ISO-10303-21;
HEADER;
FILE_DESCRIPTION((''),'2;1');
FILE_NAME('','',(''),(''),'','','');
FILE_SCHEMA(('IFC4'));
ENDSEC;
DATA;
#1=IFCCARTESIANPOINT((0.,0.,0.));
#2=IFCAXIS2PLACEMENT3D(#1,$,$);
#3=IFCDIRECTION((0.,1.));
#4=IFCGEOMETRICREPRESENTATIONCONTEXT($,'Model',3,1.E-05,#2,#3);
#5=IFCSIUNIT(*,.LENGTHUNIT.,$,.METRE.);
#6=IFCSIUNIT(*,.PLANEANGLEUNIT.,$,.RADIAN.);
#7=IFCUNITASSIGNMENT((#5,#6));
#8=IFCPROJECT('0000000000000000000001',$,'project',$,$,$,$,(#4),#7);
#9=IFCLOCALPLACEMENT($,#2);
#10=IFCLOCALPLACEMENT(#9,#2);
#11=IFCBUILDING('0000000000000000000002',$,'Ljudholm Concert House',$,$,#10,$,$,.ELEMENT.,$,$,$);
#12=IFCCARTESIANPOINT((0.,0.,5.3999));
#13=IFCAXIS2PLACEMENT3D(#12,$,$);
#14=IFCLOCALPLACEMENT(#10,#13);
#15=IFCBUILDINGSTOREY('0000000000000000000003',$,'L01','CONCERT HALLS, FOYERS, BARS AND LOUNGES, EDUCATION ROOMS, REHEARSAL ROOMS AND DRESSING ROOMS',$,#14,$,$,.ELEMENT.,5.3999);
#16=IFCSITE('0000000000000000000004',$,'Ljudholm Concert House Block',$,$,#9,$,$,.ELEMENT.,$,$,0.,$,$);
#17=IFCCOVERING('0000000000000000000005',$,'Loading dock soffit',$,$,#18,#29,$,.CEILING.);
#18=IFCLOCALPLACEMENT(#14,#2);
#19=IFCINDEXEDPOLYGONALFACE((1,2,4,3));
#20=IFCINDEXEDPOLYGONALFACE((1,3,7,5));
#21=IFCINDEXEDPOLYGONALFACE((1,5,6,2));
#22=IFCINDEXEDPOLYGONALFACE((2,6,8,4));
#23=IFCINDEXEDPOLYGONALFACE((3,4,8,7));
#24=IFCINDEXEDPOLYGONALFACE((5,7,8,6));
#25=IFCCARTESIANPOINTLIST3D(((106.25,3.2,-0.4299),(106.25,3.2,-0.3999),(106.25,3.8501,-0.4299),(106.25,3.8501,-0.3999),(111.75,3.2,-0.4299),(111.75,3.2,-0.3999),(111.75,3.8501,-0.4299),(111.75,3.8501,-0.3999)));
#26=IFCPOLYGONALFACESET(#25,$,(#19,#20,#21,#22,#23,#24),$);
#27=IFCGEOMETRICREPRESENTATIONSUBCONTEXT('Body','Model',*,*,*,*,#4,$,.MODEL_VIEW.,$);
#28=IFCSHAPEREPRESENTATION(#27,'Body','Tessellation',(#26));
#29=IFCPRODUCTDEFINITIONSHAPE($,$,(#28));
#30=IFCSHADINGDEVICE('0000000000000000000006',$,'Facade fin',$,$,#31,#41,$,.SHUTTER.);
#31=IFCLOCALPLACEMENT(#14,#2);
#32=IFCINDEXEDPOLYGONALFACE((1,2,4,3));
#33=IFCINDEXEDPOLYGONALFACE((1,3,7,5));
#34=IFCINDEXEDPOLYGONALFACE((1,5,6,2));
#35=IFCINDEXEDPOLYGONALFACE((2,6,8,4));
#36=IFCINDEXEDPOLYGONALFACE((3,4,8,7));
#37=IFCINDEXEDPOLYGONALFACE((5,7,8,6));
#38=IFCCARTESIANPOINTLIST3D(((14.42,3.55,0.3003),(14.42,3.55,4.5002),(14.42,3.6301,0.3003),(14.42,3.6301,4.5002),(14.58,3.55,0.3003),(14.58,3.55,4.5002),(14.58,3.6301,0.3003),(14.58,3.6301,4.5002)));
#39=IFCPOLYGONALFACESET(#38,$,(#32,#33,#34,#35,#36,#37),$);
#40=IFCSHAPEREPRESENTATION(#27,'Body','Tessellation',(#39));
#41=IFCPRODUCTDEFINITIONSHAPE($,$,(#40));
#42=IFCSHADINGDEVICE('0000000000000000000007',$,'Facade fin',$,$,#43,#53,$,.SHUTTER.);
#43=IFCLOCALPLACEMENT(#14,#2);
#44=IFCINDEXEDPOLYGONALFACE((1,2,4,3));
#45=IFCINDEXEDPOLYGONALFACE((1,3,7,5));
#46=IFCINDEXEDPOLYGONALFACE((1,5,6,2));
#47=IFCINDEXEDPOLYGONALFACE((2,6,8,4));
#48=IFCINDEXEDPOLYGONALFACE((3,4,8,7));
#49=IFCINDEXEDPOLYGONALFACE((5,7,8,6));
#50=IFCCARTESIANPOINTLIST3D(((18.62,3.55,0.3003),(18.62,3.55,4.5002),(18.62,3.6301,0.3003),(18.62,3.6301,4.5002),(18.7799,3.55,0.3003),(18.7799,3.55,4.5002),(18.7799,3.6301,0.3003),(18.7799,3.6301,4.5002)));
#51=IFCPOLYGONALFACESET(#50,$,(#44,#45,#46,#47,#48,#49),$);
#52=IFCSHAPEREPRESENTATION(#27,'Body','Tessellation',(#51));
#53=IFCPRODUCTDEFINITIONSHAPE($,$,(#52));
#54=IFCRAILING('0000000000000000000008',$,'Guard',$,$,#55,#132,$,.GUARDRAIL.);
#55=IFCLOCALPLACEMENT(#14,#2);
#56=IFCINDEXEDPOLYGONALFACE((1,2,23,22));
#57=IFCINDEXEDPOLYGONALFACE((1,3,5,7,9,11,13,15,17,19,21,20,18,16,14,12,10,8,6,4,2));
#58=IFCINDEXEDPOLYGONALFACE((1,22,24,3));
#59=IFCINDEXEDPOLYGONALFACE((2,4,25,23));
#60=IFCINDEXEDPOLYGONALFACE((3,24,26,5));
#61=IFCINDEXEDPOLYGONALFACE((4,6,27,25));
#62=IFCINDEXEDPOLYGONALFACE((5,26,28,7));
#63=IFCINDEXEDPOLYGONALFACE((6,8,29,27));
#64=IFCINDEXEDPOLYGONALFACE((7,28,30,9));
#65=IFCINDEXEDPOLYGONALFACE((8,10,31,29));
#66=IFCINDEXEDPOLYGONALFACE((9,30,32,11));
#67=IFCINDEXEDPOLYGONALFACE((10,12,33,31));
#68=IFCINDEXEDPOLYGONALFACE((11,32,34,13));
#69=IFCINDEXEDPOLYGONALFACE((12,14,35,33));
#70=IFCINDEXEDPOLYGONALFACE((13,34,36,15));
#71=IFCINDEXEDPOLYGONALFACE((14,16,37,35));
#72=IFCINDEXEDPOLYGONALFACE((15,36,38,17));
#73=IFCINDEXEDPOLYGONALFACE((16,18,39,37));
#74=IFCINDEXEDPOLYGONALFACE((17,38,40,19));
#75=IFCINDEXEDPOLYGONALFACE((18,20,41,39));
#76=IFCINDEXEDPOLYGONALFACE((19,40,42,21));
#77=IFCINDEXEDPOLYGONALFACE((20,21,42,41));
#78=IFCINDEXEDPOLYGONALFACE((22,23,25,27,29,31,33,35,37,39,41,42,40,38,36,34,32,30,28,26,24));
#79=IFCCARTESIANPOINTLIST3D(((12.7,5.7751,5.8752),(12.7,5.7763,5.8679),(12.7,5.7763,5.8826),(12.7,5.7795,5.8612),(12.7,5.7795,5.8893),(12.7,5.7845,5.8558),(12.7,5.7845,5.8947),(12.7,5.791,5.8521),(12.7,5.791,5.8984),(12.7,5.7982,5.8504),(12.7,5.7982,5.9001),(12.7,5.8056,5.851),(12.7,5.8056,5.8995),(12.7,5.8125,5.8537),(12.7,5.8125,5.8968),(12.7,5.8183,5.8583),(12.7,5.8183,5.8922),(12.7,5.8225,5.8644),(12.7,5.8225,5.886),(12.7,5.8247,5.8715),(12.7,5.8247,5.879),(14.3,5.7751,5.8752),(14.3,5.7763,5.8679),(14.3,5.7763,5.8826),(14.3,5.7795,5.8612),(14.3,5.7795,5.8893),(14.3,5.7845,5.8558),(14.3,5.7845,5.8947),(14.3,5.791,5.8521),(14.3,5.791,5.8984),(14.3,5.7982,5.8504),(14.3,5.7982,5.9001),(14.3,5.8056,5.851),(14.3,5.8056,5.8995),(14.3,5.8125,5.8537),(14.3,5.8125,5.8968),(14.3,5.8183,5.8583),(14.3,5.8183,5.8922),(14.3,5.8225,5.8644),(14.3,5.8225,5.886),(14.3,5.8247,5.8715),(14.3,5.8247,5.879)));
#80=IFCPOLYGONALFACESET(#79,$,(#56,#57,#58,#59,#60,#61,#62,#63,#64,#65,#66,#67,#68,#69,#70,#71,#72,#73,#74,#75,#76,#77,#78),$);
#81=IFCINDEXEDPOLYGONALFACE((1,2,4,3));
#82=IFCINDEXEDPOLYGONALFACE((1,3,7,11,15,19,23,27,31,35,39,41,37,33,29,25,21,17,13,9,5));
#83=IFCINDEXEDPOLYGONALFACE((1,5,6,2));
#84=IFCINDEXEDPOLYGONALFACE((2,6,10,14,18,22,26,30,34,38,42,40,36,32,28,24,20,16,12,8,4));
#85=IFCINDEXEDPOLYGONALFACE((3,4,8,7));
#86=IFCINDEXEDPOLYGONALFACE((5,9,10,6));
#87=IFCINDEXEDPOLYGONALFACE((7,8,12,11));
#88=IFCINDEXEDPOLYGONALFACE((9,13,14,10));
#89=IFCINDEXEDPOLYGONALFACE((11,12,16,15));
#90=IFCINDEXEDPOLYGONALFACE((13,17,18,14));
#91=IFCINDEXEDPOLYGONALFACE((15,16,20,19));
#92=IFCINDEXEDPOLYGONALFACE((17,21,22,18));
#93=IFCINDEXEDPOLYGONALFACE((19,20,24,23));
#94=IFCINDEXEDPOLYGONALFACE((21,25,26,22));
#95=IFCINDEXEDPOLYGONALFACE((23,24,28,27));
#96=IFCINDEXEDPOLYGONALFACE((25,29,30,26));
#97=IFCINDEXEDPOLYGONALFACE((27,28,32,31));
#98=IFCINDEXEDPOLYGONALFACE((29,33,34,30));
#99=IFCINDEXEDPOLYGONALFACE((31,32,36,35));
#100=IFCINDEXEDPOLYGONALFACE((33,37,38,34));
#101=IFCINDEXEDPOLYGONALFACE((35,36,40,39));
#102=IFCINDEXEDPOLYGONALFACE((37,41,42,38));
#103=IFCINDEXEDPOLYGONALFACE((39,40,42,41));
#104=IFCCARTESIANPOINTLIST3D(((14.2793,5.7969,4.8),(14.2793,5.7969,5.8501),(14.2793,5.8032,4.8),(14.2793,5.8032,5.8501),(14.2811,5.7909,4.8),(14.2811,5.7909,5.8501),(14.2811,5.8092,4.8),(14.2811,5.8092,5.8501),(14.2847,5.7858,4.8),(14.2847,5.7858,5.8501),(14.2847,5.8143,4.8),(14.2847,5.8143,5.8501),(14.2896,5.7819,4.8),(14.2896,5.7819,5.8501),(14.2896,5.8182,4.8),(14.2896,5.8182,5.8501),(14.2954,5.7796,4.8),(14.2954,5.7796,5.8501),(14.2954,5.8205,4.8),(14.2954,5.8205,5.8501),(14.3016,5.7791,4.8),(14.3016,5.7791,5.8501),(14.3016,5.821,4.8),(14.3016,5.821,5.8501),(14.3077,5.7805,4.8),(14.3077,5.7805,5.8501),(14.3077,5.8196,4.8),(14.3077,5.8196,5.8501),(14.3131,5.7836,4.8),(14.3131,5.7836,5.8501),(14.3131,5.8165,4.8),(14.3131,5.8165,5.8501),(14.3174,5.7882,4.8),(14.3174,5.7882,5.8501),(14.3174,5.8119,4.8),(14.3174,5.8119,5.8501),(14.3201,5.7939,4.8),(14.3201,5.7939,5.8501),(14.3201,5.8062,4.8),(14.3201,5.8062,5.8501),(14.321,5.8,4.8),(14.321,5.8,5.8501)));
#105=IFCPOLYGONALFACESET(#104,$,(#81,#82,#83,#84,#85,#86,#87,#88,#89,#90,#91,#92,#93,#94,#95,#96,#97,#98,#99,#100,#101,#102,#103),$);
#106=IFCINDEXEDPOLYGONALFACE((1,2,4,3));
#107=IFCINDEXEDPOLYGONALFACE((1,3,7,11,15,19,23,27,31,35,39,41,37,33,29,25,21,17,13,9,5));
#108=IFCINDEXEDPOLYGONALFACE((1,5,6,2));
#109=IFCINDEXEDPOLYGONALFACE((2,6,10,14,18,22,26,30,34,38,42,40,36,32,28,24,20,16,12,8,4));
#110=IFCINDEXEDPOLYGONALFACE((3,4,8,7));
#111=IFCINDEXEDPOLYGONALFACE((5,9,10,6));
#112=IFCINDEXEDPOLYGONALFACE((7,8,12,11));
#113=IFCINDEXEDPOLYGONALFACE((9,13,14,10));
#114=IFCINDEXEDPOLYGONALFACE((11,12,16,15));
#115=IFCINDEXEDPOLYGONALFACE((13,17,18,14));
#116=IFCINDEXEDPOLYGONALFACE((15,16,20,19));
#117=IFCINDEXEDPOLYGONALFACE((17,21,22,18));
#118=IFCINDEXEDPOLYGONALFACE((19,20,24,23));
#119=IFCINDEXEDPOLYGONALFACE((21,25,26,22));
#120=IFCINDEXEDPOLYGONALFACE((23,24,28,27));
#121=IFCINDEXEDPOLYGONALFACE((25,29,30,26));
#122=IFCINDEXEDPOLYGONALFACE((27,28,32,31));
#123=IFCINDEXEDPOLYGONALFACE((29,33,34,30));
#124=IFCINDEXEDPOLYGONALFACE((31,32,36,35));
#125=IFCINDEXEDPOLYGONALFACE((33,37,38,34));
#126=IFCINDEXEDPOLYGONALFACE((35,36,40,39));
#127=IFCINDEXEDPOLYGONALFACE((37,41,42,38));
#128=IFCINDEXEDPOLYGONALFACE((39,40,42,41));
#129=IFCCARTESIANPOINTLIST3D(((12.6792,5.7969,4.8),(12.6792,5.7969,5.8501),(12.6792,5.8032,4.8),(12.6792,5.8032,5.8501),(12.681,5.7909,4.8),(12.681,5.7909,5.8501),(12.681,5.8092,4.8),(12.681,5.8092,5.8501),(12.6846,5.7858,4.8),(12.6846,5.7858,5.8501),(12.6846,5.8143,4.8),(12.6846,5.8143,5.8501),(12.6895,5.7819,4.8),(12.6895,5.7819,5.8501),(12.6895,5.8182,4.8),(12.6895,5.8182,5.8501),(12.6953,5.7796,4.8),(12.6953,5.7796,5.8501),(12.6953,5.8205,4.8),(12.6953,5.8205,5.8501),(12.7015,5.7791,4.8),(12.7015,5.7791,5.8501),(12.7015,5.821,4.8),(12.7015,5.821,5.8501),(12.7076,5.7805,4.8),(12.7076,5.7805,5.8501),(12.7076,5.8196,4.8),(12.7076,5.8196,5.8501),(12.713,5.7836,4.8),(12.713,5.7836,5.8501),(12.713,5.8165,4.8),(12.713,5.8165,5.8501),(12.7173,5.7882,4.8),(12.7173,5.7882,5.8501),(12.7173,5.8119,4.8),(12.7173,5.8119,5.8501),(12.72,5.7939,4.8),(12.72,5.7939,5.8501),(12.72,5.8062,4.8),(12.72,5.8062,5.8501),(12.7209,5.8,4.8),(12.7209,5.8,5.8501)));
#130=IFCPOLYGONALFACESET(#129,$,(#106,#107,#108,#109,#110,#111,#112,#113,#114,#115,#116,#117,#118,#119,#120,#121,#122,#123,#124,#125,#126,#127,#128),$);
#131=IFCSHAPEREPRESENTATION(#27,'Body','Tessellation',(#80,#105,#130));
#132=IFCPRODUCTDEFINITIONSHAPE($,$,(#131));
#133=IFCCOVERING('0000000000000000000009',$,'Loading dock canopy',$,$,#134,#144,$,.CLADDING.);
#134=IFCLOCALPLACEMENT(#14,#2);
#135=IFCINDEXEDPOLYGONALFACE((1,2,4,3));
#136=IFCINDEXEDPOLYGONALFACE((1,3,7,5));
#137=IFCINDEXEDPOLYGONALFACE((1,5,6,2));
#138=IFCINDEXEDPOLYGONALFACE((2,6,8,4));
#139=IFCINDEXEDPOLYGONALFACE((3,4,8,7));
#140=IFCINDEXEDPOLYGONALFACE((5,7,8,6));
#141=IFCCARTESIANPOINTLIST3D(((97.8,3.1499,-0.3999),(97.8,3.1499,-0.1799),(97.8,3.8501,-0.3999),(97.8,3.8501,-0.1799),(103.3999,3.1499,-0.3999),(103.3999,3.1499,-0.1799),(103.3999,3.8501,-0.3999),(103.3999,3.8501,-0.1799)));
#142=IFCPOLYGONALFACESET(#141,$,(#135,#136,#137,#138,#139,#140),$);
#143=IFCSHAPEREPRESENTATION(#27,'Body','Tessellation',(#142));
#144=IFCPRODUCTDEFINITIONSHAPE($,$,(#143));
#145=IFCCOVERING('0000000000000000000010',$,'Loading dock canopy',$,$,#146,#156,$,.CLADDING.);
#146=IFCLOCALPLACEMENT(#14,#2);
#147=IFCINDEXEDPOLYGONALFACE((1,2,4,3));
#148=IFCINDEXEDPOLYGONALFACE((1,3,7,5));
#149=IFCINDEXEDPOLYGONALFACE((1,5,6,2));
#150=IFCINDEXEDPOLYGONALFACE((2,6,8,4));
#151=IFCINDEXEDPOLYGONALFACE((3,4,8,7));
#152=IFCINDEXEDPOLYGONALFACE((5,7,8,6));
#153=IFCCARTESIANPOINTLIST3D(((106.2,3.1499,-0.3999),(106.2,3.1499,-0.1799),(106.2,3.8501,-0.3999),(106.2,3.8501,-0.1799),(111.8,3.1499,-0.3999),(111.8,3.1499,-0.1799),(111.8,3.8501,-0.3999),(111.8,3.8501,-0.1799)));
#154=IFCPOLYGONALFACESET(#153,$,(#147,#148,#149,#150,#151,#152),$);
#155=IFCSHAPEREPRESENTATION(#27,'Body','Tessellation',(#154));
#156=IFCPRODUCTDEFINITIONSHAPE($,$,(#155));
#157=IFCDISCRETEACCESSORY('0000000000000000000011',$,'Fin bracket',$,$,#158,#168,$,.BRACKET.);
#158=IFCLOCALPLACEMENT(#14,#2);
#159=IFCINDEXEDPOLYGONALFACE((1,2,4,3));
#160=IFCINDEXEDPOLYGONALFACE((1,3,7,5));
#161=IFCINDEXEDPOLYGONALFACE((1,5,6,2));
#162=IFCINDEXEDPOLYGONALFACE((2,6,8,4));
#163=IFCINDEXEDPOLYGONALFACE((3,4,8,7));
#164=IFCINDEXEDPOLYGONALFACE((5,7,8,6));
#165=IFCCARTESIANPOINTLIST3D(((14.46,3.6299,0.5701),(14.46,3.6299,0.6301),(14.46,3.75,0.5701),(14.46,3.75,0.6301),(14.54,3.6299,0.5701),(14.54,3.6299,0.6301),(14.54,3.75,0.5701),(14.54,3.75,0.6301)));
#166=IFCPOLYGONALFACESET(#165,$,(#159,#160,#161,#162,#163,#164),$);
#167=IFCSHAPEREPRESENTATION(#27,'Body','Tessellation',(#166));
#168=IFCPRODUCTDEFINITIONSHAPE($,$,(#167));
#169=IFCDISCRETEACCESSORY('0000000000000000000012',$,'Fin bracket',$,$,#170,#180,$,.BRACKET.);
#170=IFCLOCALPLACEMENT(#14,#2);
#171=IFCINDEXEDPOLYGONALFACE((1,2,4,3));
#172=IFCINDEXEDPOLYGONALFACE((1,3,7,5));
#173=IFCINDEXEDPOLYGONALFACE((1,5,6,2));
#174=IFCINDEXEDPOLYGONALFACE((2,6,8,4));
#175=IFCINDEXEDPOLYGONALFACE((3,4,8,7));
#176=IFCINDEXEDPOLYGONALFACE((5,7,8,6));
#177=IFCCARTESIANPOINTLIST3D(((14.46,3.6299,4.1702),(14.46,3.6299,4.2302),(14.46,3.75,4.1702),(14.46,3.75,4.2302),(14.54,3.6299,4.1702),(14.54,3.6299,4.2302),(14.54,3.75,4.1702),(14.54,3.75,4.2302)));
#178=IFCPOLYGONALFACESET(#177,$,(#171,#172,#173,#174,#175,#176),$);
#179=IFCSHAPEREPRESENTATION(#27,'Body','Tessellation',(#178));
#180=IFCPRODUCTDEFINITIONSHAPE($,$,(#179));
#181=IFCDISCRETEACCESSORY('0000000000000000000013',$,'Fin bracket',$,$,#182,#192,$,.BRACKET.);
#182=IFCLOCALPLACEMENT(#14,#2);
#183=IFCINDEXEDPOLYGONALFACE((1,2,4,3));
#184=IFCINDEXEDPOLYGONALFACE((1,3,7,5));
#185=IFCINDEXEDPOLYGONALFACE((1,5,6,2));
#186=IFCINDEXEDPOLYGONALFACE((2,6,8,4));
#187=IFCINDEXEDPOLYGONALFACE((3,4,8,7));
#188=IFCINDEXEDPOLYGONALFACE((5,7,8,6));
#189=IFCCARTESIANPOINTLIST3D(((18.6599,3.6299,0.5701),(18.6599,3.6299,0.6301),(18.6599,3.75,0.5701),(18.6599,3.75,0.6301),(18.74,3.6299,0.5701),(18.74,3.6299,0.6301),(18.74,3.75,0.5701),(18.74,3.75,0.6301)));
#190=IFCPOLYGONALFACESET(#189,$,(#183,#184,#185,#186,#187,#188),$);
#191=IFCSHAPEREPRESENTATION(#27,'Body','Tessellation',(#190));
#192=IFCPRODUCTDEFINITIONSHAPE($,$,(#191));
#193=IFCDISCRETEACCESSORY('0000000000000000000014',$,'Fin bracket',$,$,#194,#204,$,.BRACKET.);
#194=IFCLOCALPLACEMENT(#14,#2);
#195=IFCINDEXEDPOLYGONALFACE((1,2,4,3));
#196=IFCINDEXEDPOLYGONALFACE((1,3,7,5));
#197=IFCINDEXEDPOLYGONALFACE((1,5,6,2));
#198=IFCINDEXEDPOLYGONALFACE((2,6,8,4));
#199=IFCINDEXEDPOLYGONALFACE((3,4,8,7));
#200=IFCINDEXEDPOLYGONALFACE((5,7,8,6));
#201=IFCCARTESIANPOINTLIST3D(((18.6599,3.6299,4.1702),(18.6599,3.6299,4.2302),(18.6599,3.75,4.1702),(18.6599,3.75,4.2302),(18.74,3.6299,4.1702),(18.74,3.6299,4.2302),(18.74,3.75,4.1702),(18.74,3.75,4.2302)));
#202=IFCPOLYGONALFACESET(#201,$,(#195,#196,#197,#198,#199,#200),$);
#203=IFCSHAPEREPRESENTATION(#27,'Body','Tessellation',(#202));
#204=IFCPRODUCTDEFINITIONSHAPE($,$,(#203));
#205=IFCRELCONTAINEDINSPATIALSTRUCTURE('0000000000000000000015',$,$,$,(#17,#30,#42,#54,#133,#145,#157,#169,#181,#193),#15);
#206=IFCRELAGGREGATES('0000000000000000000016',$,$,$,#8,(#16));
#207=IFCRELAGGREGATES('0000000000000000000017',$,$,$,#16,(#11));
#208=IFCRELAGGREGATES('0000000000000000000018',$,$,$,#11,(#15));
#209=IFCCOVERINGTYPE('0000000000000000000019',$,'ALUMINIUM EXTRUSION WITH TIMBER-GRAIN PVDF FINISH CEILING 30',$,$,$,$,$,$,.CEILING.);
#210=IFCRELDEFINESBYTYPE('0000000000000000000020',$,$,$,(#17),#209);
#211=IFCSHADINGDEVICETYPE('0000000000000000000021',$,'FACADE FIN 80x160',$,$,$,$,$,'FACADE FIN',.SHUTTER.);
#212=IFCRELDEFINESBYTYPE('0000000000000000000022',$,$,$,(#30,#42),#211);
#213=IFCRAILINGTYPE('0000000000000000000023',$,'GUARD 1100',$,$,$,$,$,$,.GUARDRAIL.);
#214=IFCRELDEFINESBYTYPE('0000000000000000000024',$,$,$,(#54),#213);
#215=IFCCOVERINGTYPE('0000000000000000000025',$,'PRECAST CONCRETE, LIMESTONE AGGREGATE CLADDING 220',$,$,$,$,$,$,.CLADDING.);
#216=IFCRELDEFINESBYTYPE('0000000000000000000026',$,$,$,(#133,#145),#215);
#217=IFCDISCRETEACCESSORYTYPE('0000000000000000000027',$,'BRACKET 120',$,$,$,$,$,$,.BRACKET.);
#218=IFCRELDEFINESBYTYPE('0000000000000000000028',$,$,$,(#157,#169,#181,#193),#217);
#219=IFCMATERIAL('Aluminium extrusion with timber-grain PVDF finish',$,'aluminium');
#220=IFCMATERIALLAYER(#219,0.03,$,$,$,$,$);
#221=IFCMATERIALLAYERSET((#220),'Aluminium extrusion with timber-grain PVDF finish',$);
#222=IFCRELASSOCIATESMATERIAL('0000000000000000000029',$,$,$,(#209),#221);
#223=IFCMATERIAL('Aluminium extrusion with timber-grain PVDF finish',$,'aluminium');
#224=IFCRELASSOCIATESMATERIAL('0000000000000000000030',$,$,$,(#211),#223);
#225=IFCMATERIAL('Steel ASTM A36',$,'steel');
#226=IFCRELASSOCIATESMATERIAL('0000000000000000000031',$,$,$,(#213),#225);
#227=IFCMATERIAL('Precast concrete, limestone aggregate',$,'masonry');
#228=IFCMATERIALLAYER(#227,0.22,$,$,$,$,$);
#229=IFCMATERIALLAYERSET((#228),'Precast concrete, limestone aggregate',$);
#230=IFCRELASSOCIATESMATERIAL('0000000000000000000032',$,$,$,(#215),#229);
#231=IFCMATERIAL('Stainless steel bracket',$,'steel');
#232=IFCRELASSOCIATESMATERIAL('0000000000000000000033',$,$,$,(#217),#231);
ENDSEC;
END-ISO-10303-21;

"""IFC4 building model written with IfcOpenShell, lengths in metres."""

from ifc_helpers import new_model, si_unit, direction, frame, origin, origin_2d, place, context, subcontext, project, spatial, polyline, rectangle, circle, outline, extrude, material, layer, layer_set, type_object, element, save


model = new_model("IFC4")

# Units and contexts
model_context = context("Model", 3, precision=1e-05, world=origin(), true_north=direction((0.0, 1.0)))
body_context = subcontext(model_context, "Body", "Model", "MODEL_VIEW")
ifc_project = project(units=[si_unit("LENGTHUNIT", "METRE"), si_unit("PLANEANGLEUNIT", "RADIAN")], contexts=[model_context])

# Site, building, storey
site_placement = place(None, origin())
site = spatial("IfcSite", under=ifc_project, at=site_placement, Name="Ljudholm Concert House Block", CompositionType="ELEMENT", RefElevation=0.0)
building_placement = place(site_placement, origin())
building = spatial("IfcBuilding", under=site, at=building_placement, Name="Ljudholm Concert House", CompositionType="ELEMENT")
storey_placement = place(building_placement, frame((0.0, 0.0, 5.3999)))
storey = spatial("IfcBuildingStorey", under=building, at=storey_placement, Name="L01", Description="CONCERT HALLS, FOYERS, BARS AND LOUNGES, EDUCATION ROOMS, REHEARSAL ROOMS AND DRESSING ROOMS", CompositionType="ELEMENT", Elevation=5.3999)

# Covering
ifc_material_1 = material(Name="Aluminium extrusion with timber-grain PVDF finish", Category="aluminium")
ifc_layer_1 = layer(ifc_material_1, 0.03)
ifc_layer_set_1 = layer_set([ifc_layer_1], Name="Aluminium extrusion with timber-grain PVDF finish")
covering_type_1 = type_object("IfcCoveringType", Name="ALUMINIUM EXTRUSION WITH TIMBER-GRAIN PVDF FINISH CEILING 30", PredefinedType="CEILING", material=ifc_layer_set_1)
covering_1_placement = place(storey_placement, frame((0.0, 0.0, -0.4299)))
element("IfcCovering", 1, at=covering_1_placement, inside=storey, type_object=covering_type_1, Name="Loading dock soffit", PredefinedType="CEILING", context=body_context, shape_type="SweptSolid", body=[
    extrude(outline(polyline([(106.25, 3.2), (111.75, 3.2), (111.75, 3.8501), (106.25, 3.8501), (106.25, 3.2)])), origin(), (0.0, 0.0, 1.0), 0.03),
])

# Shading devices
ifc_material_2 = material(Name="Aluminium extrusion with timber-grain PVDF finish", Category="aluminium")
shading_device_type = type_object("IfcShadingDeviceType", Name="FACADE FIN 80x160", ElementType="FACADE FIN", PredefinedType="SHUTTER", material=ifc_material_2)
for number, where, z_axis, x_axis, name in (
    (2, (14.5, 3.5901, 0.3003), (0.0, 0.0, 1.0), (0.0, -1.0, 0.0), "Facade fin"),
    (3, (18.7, 3.5901, 0.3003), (0.0, 0.0, 1.0), (0.0, -1.0, 0.0), "Facade fin"),
):
    element("IfcShadingDevice", number, at=place(storey_placement, frame(where, z_axis=z_axis, x_axis=x_axis)), inside=storey, type_object=shading_device_type, Name=name, PredefinedType="SHUTTER", context=body_context, shape_type="SweptSolid", body=[
        extrude(rectangle(XDim=0.0801, YDim=0.1599, at=origin_2d()), origin(), (0.0, 0.0, 1.0), 4.2),
    ])

# Railing
ifc_material_3 = material(Name="Steel ASTM A36", Category="steel")
railing_type_1 = type_object("IfcRailingType", Name="GUARD 1100", PredefinedType="GUARDRAIL", material=ifc_material_3)
railing_1_placement = place(storey_placement, frame((14.3, 5.8, 4.8)))
element("IfcRailing", 4, at=railing_1_placement, inside=storey, type_object=railing_type_1, Name="Guard", PredefinedType="GUARDRAIL", context=body_context, shape_type="SweptSolid", body=[
    extrude(circle(Radius=0.0249, at=origin_2d()), frame((0.0, 0.0, 1.0752), z_axis=(-1.0, 0.0, 0.0), x_axis=(0.0, -1.0, 0.0)), (0.0, 0.0, 1.0), 1.6001),
    extrude(circle(Radius=0.021, at=origin_2d()), origin(), (0.0, 0.0, 1.0), 1.05),
    extrude(circle(Radius=0.021, at=origin_2d()), frame((-1.6001, 0.0, 0.0)), (0.0, 0.0, 1.0), 1.05),
])

# Coverings
ifc_material_4 = material(Name="Precast concrete, limestone aggregate", Category="masonry")
ifc_layer_2 = layer(ifc_material_4, 0.22)
ifc_layer_set_2 = layer_set([ifc_layer_2], Name="Precast concrete, limestone aggregate")
covering_type_2 = type_object("IfcCoveringType", Name="PRECAST CONCRETE, LIMESTONE AGGREGATE CLADDING 220", PredefinedType="CLADDING", material=ifc_layer_set_2)
covering_2_placement = place(storey_placement, frame((0.0, 0.0, -0.3999)))
element("IfcCovering", 5, at=covering_2_placement, inside=storey, type_object=covering_type_2, Name="Loading dock canopy", PredefinedType="CLADDING", context=body_context, shape_type="SweptSolid", body=[
    extrude(outline(polyline([(97.8, 3.1499), (103.3999, 3.1499), (103.3999, 3.8501), (97.8, 3.8501), (97.8, 3.1499)])), origin(), (0.0, 0.0, 1.0), 0.22),
])
covering_3_placement = place(storey_placement, frame((0.0, 0.0, -0.3999)))
element("IfcCovering", 6, at=covering_3_placement, inside=storey, type_object=covering_type_2, Name="Loading dock canopy", PredefinedType="CLADDING", context=body_context, shape_type="SweptSolid", body=[
    extrude(outline(polyline([(106.2, 3.1499), (111.8, 3.1499), (111.8, 3.8501), (106.2, 3.8501), (106.2, 3.1499)])), origin(), (0.0, 0.0, 1.0), 0.22),
])

# Discrete accessories
ifc_material_5 = material(Name="Stainless steel bracket", Category="steel")
discrete_accessory_type = type_object("IfcDiscreteAccessoryType", Name="BRACKET 120", PredefinedType="BRACKET", material=ifc_material_5)
for number, where, z_axis, x_axis, name in (
    (7, (14.5, 3.6899, 0.5701), (0.0, 0.0, 1.0), (0.0, -1.0, 0.0), "Fin bracket"),
    (8, (14.5, 3.6899, 4.1702), (0.0, 0.0, 1.0), (0.0, -1.0, 0.0), "Fin bracket"),
    (9, (18.7, 3.6899, 0.5701), (0.0, 0.0, 1.0), (0.0, -1.0, 0.0), "Fin bracket"),
    (10, (18.7, 3.6899, 4.1702), (0.0, 0.0, 1.0), (0.0, -1.0, 0.0), "Fin bracket"),
):
    element("IfcDiscreteAccessory", number, at=place(storey_placement, frame(where, z_axis=z_axis, x_axis=x_axis)), inside=storey, type_object=discrete_accessory_type, Name=name, PredefinedType="BRACKET", context=body_context, shape_type="SweptSolid", body=[
        extrude(rectangle(XDim=0.1201, YDim=0.0801, at=origin_2d()), origin(), (0.0, 0.0, 1.0), 0.0601),
    ])

save(model, "model.ifc")
